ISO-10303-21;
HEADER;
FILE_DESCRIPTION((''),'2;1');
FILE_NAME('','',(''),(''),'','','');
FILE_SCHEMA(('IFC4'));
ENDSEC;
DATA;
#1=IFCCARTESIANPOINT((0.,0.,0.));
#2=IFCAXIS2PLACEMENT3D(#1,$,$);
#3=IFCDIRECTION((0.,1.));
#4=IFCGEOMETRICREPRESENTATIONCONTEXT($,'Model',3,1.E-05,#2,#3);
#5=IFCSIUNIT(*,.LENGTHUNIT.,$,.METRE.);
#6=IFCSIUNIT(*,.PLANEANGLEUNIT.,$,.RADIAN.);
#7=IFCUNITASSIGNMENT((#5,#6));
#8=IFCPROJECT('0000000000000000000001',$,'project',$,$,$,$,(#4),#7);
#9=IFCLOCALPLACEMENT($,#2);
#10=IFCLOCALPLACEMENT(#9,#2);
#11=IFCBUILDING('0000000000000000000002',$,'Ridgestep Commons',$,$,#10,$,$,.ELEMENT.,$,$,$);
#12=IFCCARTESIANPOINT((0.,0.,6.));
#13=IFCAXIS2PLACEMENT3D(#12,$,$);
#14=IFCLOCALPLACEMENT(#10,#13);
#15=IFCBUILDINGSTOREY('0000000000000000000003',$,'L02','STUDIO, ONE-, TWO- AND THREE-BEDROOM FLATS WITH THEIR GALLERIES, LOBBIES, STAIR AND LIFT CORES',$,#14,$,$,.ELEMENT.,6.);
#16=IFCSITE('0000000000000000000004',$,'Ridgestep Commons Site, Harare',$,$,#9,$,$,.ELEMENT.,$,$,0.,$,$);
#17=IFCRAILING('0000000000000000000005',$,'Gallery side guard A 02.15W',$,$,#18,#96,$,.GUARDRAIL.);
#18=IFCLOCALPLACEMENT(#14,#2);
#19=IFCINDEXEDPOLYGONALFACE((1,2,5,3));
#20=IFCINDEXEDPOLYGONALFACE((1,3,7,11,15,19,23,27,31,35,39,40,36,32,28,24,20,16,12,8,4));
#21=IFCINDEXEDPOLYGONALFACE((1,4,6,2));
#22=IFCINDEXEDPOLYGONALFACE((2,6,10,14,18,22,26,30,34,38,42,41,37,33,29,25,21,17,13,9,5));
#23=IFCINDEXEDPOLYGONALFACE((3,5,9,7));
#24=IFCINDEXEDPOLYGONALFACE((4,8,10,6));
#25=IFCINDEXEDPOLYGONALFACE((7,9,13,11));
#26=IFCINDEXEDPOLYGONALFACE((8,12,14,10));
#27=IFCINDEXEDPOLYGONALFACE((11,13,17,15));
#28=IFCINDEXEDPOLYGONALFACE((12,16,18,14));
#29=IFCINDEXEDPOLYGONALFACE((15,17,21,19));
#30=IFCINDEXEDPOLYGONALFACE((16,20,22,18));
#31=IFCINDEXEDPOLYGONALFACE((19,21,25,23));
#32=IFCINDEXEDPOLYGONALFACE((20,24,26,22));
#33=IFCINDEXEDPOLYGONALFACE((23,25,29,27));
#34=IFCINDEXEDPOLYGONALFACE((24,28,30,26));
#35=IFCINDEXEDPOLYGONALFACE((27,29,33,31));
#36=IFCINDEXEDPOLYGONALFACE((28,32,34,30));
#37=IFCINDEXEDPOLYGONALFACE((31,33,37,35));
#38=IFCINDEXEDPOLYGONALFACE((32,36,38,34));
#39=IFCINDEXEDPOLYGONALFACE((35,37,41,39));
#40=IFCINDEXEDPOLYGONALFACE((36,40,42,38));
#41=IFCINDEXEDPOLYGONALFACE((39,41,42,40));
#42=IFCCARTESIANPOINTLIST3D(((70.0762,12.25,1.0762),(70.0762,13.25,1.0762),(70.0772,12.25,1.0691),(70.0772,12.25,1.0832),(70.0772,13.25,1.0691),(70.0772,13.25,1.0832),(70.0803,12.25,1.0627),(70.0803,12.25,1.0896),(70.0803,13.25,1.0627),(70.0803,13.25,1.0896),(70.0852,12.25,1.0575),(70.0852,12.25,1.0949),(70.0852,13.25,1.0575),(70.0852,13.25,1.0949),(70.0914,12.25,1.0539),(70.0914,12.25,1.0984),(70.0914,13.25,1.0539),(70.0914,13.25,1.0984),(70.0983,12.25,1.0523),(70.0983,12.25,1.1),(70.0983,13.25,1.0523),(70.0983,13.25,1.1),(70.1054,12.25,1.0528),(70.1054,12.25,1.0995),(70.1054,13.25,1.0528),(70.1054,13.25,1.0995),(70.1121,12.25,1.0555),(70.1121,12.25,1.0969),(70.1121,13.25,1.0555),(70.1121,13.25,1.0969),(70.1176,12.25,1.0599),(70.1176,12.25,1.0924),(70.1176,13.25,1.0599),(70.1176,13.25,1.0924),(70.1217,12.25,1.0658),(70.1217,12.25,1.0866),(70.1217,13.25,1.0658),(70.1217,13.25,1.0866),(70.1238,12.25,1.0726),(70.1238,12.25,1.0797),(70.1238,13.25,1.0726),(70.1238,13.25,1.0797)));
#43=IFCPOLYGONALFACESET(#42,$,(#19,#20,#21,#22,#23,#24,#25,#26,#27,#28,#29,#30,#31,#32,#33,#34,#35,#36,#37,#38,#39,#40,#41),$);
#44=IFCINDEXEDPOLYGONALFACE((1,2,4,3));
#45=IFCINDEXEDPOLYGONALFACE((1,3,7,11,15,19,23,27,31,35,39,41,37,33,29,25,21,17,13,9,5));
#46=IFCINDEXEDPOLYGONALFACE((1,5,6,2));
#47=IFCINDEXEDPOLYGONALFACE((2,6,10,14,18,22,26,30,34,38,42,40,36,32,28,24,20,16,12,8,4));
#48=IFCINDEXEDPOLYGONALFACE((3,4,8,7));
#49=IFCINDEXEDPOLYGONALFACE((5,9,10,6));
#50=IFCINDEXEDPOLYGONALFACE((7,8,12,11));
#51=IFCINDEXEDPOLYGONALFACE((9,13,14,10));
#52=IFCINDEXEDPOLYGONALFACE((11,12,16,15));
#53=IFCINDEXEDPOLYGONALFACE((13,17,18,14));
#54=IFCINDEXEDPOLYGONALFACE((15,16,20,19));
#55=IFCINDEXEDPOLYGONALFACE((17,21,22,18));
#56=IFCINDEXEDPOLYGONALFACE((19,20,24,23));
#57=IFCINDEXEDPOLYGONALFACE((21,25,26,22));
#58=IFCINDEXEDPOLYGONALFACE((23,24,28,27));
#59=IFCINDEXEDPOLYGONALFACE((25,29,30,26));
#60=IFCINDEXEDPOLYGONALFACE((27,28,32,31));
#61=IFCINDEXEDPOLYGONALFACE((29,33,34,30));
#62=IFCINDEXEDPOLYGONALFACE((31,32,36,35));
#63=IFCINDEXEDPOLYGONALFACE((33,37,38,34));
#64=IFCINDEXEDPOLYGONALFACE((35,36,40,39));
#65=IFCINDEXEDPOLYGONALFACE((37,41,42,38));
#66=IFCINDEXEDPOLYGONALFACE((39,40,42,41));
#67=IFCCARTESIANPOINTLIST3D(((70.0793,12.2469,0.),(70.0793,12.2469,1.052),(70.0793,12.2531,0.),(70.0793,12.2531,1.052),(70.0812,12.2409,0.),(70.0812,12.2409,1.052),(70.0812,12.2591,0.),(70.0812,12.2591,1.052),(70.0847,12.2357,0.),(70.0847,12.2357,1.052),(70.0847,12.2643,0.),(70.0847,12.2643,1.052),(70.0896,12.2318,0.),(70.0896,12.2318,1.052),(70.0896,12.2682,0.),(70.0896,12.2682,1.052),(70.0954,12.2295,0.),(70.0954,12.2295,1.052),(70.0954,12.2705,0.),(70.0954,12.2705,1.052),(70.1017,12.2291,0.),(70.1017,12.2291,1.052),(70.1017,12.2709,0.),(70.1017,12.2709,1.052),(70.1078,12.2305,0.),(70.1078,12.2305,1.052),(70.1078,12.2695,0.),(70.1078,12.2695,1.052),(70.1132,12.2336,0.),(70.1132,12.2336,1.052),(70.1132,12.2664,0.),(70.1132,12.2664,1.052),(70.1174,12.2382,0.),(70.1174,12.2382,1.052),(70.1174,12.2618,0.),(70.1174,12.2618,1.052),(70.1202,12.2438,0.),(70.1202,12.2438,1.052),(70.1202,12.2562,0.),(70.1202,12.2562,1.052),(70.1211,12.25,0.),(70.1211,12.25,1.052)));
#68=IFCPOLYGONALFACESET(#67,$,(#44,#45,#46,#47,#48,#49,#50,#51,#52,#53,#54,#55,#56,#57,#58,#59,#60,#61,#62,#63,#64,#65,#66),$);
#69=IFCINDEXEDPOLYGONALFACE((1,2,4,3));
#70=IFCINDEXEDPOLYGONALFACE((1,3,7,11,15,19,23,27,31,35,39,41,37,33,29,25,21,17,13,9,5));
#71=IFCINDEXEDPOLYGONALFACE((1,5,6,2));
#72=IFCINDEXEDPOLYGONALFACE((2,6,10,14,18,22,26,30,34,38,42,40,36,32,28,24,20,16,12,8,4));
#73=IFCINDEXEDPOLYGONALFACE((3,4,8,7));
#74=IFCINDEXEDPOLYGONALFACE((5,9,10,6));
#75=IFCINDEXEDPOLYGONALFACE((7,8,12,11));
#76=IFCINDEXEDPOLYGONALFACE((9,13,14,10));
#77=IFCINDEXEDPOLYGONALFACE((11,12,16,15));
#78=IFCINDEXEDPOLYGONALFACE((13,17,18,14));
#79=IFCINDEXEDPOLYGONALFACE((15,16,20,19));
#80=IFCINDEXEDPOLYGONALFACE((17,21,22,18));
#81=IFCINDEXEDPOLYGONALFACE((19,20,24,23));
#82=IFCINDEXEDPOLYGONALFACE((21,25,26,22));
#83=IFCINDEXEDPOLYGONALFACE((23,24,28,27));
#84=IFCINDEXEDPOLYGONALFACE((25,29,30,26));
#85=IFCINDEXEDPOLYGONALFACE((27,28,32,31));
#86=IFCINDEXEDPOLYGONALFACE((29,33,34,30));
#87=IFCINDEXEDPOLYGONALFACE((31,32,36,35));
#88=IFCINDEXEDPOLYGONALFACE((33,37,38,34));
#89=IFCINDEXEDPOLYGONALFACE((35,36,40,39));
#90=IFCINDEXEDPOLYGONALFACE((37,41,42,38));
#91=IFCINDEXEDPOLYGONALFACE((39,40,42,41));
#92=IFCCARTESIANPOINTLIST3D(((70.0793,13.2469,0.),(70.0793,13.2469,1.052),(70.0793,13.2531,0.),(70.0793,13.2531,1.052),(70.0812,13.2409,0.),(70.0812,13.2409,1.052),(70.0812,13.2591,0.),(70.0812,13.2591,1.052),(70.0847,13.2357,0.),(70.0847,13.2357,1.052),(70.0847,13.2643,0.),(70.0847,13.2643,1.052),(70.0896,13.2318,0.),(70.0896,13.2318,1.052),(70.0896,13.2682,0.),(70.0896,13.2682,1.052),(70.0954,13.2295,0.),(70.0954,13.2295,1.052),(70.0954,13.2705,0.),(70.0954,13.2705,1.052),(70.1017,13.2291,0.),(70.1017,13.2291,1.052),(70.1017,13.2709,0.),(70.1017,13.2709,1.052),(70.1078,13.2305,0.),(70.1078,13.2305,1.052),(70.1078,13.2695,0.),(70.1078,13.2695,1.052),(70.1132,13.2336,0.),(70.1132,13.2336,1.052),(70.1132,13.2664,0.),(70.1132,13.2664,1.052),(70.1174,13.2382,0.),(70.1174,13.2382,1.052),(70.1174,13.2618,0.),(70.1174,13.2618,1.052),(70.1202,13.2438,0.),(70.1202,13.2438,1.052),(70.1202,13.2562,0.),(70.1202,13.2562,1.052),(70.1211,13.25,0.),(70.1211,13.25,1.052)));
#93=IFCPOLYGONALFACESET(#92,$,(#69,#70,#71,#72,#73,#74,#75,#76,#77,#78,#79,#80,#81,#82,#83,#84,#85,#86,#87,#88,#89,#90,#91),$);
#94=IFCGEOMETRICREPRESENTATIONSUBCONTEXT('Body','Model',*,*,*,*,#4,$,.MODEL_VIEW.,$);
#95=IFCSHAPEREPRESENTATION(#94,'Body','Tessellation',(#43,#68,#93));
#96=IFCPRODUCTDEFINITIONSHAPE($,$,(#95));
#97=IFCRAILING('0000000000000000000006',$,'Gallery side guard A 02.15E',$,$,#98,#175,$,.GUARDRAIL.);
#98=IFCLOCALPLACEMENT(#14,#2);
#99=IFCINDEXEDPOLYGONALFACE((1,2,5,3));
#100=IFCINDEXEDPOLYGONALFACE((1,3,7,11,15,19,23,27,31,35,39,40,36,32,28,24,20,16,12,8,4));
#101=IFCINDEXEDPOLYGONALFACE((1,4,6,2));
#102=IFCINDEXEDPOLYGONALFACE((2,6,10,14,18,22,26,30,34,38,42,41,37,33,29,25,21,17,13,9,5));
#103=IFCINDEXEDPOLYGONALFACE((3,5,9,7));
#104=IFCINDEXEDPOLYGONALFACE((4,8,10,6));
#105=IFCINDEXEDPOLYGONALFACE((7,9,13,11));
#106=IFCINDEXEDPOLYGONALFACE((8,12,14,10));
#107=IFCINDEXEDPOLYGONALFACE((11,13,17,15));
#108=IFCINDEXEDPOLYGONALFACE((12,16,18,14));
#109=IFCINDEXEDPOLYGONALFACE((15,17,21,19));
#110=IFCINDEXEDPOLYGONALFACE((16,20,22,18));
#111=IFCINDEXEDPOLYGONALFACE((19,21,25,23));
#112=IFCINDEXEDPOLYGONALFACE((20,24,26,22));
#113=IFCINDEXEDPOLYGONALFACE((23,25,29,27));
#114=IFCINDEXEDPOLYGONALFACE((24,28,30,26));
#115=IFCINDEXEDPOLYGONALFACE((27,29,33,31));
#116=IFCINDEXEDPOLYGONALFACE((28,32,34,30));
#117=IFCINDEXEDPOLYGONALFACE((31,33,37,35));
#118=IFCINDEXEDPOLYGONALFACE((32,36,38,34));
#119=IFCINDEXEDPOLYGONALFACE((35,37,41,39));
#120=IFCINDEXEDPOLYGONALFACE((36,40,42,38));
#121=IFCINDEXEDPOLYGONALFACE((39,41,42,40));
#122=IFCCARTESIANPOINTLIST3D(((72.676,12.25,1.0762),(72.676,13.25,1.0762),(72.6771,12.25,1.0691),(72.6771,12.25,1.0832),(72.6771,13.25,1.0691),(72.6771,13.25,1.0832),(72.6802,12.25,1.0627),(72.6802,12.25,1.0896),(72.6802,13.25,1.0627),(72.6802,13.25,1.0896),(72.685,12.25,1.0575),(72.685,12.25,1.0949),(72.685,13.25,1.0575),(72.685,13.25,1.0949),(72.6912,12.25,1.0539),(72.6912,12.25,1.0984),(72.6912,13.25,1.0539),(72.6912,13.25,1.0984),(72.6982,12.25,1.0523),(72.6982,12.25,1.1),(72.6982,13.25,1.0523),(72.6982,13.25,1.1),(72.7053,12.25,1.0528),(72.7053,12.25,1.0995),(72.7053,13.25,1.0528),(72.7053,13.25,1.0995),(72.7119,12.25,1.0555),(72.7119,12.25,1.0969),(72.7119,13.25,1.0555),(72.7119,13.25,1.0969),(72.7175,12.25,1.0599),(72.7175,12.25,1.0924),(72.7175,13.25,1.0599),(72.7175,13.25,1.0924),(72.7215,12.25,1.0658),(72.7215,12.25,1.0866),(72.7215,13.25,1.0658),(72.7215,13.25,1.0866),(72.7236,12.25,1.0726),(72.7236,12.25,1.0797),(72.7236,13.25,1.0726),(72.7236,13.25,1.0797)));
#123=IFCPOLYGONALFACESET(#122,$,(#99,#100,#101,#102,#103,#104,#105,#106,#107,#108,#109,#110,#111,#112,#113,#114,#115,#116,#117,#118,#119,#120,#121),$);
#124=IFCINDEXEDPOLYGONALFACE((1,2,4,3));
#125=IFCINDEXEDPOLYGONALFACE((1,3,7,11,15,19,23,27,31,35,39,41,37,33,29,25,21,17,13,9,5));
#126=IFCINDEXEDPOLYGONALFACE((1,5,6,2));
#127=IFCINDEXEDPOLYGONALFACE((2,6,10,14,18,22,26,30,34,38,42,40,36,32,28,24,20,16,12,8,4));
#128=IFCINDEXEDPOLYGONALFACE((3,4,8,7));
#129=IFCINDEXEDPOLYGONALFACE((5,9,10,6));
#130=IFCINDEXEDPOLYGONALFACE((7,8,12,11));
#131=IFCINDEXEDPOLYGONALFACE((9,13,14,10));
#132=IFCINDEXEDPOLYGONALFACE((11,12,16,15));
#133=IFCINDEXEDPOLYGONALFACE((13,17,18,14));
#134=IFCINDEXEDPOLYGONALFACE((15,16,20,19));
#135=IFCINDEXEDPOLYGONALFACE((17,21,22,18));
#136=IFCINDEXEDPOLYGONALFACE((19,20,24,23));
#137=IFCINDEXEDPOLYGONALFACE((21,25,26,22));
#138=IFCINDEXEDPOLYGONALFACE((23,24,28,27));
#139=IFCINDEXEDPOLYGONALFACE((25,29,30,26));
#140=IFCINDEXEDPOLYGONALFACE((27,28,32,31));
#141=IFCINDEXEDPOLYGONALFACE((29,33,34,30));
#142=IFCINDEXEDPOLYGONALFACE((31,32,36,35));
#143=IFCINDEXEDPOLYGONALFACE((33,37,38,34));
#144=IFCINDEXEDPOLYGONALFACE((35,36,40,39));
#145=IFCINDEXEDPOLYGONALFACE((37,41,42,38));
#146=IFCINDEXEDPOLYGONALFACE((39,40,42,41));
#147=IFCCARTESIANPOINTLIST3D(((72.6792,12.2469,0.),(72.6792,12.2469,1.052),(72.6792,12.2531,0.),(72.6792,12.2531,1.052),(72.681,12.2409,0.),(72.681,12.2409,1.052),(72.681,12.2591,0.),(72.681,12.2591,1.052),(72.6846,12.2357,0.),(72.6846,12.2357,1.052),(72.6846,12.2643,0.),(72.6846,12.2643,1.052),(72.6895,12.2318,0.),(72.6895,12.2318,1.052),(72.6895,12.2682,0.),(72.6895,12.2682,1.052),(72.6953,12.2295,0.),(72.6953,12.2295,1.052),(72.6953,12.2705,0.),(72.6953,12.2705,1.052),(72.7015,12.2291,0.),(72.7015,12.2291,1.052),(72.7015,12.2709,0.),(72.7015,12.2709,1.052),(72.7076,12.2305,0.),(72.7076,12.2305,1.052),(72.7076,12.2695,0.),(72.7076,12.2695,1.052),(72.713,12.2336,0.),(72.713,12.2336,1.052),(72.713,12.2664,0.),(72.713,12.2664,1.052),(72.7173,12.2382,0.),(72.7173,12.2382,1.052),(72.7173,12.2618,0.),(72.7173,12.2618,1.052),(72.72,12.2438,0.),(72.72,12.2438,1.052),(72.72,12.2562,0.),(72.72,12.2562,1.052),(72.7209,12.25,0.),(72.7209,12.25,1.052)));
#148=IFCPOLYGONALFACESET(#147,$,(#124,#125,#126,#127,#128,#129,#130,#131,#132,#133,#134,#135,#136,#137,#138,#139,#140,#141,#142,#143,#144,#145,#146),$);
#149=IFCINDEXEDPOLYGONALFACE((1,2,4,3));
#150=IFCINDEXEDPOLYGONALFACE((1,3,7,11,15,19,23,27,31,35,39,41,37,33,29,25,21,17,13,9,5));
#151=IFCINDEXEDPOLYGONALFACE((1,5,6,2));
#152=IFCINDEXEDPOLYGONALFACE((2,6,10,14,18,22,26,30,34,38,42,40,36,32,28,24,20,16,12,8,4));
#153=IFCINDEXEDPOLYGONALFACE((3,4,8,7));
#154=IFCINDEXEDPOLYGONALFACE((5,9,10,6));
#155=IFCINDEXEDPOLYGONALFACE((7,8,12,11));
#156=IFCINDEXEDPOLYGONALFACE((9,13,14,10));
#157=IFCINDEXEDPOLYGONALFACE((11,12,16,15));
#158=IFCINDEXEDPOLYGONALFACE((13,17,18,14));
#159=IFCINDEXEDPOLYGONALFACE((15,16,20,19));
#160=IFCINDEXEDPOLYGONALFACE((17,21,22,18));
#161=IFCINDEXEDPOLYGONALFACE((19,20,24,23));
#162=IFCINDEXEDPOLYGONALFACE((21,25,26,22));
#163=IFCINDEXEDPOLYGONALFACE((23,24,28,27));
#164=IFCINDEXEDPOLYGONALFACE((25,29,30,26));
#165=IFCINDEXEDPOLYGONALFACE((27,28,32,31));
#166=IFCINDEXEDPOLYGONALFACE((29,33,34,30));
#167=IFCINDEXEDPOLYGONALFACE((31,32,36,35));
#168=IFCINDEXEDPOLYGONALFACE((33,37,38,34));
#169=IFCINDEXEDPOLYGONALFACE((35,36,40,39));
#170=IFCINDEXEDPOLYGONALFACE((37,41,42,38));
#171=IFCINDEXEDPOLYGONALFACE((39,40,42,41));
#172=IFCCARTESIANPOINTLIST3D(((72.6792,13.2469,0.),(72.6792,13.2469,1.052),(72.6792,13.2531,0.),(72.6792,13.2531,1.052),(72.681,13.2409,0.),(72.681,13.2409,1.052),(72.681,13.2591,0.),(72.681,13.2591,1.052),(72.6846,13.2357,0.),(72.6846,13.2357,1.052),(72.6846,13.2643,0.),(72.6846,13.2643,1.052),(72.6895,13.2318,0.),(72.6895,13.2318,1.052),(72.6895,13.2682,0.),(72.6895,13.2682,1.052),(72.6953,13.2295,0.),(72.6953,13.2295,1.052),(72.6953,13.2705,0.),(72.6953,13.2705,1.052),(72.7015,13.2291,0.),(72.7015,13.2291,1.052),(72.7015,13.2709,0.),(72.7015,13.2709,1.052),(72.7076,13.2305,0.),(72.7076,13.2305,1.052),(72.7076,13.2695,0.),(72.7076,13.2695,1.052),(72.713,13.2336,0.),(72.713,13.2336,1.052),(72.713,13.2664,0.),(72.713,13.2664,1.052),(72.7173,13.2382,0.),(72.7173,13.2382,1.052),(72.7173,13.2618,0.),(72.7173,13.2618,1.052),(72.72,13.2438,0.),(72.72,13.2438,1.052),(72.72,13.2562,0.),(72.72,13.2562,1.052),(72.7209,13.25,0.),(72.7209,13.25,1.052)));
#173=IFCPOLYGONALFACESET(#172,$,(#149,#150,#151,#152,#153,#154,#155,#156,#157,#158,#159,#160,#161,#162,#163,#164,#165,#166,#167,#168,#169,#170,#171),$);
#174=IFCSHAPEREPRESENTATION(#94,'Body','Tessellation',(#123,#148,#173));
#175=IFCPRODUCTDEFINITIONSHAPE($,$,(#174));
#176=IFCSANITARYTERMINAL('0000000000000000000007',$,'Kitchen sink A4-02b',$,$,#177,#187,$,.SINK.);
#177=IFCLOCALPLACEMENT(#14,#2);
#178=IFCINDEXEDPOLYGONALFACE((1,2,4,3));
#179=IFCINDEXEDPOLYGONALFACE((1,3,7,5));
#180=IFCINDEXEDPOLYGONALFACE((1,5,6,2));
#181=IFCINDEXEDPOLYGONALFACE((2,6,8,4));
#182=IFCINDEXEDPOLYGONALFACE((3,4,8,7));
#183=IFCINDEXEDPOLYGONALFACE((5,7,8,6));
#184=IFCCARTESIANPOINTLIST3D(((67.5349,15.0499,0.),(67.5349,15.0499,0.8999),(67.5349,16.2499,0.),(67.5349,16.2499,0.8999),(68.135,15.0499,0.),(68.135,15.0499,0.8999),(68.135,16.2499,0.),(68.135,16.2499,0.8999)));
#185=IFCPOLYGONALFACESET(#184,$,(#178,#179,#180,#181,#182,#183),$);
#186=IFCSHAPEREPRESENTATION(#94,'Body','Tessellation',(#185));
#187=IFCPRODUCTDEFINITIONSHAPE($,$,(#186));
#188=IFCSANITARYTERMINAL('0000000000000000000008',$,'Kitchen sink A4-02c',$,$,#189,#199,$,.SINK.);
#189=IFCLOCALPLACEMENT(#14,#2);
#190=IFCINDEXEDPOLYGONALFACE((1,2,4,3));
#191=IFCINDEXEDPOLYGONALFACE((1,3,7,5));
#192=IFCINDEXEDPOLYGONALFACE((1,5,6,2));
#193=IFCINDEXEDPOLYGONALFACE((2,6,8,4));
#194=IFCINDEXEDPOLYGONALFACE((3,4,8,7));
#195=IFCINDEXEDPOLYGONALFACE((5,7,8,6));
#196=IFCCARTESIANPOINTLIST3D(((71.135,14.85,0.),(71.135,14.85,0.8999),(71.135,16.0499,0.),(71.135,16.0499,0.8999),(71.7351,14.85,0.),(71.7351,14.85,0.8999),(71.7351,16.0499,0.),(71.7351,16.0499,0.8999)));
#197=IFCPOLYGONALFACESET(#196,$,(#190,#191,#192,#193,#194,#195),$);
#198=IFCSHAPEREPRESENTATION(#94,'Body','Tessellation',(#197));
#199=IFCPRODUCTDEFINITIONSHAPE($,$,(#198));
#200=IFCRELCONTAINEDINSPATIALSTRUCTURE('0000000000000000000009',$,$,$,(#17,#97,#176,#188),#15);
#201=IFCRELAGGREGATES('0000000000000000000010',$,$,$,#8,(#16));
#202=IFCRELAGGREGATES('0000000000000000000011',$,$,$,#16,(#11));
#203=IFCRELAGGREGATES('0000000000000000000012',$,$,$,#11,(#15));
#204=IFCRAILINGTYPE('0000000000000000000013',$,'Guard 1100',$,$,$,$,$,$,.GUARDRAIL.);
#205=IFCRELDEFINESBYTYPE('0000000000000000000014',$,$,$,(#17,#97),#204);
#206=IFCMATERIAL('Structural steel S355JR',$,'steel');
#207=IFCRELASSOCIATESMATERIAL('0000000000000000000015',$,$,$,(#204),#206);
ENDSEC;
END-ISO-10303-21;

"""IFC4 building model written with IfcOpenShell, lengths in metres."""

from ifc_helpers import new_model, si_unit, direction, frame, origin, origin_2d, place, context, subcontext, project, spatial, rectangle, circle, extrude, material, type_object, element, save


model = new_model("IFC4")

# Units and contexts
model_context = context("Model", 3, precision=1e-05, world=origin(), true_north=direction((0.0, 1.0)))
body_context = subcontext(model_context, "Body", "Model", "MODEL_VIEW")
ifc_project = project(units=[si_unit("LENGTHUNIT", "METRE"), si_unit("PLANEANGLEUNIT", "RADIAN")], contexts=[model_context])

# Site, building, storey
site_placement = place(None, origin())
site = spatial("IfcSite", under=ifc_project, at=site_placement, Name="Ridgestep Commons Site, Harare", CompositionType="ELEMENT", RefElevation=0.0)
building_placement = place(site_placement, origin())
building = spatial("IfcBuilding", under=site, at=building_placement, Name="Ridgestep Commons", CompositionType="ELEMENT")
storey_placement = place(building_placement, frame((0.0, 0.0, 6.0)))
storey = spatial("IfcBuildingStorey", under=building, at=storey_placement, Name="L02", Description="STUDIO, ONE-, TWO- AND THREE-BEDROOM FLATS WITH THEIR GALLERIES, LOBBIES, STAIR AND LIFT CORES", CompositionType="ELEMENT", Elevation=6.0)

# Railings
ifc_material_1 = material(Name="Structural steel S355JR", Category="steel")
railing_type = type_object("IfcRailingType", Name="Guard 1100", PredefinedType="GUARDRAIL", material=ifc_material_1)
for number, where, name in (
    (1, (70.1001, 12.25, 0.0), "Gallery side guard A 02.15W"),
    (2, (72.7, 12.25, 0.0), "Gallery side guard A 02.15E"),
):
    element("IfcRailing", number, at=place(storey_placement, frame(where)), inside=storey, type_object=railing_type, Name=name, PredefinedType="GUARDRAIL", context=body_context, shape_type="SweptSolid", body=[
        extrude(circle(Radius=0.0239, at=origin_2d()), frame((0.0, 0.0, 1.0762), z_axis=(0.0, 1.0, 0.0), x_axis=(-1.0, 0.0, 0.0)), (0.0, 0.0, 1.0), 1.0),
        extrude(circle(Radius=0.021, at=origin_2d()), origin(), (0.0, 0.0, 1.0), 1.052),
        extrude(circle(Radius=0.021, at=origin_2d()), frame((0.0, 1.0, 0.0)), (0.0, 0.0, 1.0), 1.052),
    ])

# Sanitary terminals
for number, where, z_axis, x_axis, name in (
    (3, (67.835, 15.6499, 0.0), (0.0, 0.0, 1.0), (1.0, 0.0, 0.0), "Kitchen sink A4-02b"),
    (4, (71.4351, 15.45, 0.0), (0.0, 0.0, 1.0), (1.0, 0.0, 0.0), "Kitchen sink A4-02c"),
):
    element("IfcSanitaryTerminal", number, at=place(storey_placement, frame(where, z_axis=z_axis, x_axis=x_axis)), inside=storey, Name=name, PredefinedType="SINK", context=body_context, shape_type="SweptSolid", body=[
        extrude(rectangle(XDim=0.6001, YDim=1.2, at=origin_2d()), origin(), (0.0, 0.0, 1.0), 0.8999),
    ])

save(model, "model.ifc")
